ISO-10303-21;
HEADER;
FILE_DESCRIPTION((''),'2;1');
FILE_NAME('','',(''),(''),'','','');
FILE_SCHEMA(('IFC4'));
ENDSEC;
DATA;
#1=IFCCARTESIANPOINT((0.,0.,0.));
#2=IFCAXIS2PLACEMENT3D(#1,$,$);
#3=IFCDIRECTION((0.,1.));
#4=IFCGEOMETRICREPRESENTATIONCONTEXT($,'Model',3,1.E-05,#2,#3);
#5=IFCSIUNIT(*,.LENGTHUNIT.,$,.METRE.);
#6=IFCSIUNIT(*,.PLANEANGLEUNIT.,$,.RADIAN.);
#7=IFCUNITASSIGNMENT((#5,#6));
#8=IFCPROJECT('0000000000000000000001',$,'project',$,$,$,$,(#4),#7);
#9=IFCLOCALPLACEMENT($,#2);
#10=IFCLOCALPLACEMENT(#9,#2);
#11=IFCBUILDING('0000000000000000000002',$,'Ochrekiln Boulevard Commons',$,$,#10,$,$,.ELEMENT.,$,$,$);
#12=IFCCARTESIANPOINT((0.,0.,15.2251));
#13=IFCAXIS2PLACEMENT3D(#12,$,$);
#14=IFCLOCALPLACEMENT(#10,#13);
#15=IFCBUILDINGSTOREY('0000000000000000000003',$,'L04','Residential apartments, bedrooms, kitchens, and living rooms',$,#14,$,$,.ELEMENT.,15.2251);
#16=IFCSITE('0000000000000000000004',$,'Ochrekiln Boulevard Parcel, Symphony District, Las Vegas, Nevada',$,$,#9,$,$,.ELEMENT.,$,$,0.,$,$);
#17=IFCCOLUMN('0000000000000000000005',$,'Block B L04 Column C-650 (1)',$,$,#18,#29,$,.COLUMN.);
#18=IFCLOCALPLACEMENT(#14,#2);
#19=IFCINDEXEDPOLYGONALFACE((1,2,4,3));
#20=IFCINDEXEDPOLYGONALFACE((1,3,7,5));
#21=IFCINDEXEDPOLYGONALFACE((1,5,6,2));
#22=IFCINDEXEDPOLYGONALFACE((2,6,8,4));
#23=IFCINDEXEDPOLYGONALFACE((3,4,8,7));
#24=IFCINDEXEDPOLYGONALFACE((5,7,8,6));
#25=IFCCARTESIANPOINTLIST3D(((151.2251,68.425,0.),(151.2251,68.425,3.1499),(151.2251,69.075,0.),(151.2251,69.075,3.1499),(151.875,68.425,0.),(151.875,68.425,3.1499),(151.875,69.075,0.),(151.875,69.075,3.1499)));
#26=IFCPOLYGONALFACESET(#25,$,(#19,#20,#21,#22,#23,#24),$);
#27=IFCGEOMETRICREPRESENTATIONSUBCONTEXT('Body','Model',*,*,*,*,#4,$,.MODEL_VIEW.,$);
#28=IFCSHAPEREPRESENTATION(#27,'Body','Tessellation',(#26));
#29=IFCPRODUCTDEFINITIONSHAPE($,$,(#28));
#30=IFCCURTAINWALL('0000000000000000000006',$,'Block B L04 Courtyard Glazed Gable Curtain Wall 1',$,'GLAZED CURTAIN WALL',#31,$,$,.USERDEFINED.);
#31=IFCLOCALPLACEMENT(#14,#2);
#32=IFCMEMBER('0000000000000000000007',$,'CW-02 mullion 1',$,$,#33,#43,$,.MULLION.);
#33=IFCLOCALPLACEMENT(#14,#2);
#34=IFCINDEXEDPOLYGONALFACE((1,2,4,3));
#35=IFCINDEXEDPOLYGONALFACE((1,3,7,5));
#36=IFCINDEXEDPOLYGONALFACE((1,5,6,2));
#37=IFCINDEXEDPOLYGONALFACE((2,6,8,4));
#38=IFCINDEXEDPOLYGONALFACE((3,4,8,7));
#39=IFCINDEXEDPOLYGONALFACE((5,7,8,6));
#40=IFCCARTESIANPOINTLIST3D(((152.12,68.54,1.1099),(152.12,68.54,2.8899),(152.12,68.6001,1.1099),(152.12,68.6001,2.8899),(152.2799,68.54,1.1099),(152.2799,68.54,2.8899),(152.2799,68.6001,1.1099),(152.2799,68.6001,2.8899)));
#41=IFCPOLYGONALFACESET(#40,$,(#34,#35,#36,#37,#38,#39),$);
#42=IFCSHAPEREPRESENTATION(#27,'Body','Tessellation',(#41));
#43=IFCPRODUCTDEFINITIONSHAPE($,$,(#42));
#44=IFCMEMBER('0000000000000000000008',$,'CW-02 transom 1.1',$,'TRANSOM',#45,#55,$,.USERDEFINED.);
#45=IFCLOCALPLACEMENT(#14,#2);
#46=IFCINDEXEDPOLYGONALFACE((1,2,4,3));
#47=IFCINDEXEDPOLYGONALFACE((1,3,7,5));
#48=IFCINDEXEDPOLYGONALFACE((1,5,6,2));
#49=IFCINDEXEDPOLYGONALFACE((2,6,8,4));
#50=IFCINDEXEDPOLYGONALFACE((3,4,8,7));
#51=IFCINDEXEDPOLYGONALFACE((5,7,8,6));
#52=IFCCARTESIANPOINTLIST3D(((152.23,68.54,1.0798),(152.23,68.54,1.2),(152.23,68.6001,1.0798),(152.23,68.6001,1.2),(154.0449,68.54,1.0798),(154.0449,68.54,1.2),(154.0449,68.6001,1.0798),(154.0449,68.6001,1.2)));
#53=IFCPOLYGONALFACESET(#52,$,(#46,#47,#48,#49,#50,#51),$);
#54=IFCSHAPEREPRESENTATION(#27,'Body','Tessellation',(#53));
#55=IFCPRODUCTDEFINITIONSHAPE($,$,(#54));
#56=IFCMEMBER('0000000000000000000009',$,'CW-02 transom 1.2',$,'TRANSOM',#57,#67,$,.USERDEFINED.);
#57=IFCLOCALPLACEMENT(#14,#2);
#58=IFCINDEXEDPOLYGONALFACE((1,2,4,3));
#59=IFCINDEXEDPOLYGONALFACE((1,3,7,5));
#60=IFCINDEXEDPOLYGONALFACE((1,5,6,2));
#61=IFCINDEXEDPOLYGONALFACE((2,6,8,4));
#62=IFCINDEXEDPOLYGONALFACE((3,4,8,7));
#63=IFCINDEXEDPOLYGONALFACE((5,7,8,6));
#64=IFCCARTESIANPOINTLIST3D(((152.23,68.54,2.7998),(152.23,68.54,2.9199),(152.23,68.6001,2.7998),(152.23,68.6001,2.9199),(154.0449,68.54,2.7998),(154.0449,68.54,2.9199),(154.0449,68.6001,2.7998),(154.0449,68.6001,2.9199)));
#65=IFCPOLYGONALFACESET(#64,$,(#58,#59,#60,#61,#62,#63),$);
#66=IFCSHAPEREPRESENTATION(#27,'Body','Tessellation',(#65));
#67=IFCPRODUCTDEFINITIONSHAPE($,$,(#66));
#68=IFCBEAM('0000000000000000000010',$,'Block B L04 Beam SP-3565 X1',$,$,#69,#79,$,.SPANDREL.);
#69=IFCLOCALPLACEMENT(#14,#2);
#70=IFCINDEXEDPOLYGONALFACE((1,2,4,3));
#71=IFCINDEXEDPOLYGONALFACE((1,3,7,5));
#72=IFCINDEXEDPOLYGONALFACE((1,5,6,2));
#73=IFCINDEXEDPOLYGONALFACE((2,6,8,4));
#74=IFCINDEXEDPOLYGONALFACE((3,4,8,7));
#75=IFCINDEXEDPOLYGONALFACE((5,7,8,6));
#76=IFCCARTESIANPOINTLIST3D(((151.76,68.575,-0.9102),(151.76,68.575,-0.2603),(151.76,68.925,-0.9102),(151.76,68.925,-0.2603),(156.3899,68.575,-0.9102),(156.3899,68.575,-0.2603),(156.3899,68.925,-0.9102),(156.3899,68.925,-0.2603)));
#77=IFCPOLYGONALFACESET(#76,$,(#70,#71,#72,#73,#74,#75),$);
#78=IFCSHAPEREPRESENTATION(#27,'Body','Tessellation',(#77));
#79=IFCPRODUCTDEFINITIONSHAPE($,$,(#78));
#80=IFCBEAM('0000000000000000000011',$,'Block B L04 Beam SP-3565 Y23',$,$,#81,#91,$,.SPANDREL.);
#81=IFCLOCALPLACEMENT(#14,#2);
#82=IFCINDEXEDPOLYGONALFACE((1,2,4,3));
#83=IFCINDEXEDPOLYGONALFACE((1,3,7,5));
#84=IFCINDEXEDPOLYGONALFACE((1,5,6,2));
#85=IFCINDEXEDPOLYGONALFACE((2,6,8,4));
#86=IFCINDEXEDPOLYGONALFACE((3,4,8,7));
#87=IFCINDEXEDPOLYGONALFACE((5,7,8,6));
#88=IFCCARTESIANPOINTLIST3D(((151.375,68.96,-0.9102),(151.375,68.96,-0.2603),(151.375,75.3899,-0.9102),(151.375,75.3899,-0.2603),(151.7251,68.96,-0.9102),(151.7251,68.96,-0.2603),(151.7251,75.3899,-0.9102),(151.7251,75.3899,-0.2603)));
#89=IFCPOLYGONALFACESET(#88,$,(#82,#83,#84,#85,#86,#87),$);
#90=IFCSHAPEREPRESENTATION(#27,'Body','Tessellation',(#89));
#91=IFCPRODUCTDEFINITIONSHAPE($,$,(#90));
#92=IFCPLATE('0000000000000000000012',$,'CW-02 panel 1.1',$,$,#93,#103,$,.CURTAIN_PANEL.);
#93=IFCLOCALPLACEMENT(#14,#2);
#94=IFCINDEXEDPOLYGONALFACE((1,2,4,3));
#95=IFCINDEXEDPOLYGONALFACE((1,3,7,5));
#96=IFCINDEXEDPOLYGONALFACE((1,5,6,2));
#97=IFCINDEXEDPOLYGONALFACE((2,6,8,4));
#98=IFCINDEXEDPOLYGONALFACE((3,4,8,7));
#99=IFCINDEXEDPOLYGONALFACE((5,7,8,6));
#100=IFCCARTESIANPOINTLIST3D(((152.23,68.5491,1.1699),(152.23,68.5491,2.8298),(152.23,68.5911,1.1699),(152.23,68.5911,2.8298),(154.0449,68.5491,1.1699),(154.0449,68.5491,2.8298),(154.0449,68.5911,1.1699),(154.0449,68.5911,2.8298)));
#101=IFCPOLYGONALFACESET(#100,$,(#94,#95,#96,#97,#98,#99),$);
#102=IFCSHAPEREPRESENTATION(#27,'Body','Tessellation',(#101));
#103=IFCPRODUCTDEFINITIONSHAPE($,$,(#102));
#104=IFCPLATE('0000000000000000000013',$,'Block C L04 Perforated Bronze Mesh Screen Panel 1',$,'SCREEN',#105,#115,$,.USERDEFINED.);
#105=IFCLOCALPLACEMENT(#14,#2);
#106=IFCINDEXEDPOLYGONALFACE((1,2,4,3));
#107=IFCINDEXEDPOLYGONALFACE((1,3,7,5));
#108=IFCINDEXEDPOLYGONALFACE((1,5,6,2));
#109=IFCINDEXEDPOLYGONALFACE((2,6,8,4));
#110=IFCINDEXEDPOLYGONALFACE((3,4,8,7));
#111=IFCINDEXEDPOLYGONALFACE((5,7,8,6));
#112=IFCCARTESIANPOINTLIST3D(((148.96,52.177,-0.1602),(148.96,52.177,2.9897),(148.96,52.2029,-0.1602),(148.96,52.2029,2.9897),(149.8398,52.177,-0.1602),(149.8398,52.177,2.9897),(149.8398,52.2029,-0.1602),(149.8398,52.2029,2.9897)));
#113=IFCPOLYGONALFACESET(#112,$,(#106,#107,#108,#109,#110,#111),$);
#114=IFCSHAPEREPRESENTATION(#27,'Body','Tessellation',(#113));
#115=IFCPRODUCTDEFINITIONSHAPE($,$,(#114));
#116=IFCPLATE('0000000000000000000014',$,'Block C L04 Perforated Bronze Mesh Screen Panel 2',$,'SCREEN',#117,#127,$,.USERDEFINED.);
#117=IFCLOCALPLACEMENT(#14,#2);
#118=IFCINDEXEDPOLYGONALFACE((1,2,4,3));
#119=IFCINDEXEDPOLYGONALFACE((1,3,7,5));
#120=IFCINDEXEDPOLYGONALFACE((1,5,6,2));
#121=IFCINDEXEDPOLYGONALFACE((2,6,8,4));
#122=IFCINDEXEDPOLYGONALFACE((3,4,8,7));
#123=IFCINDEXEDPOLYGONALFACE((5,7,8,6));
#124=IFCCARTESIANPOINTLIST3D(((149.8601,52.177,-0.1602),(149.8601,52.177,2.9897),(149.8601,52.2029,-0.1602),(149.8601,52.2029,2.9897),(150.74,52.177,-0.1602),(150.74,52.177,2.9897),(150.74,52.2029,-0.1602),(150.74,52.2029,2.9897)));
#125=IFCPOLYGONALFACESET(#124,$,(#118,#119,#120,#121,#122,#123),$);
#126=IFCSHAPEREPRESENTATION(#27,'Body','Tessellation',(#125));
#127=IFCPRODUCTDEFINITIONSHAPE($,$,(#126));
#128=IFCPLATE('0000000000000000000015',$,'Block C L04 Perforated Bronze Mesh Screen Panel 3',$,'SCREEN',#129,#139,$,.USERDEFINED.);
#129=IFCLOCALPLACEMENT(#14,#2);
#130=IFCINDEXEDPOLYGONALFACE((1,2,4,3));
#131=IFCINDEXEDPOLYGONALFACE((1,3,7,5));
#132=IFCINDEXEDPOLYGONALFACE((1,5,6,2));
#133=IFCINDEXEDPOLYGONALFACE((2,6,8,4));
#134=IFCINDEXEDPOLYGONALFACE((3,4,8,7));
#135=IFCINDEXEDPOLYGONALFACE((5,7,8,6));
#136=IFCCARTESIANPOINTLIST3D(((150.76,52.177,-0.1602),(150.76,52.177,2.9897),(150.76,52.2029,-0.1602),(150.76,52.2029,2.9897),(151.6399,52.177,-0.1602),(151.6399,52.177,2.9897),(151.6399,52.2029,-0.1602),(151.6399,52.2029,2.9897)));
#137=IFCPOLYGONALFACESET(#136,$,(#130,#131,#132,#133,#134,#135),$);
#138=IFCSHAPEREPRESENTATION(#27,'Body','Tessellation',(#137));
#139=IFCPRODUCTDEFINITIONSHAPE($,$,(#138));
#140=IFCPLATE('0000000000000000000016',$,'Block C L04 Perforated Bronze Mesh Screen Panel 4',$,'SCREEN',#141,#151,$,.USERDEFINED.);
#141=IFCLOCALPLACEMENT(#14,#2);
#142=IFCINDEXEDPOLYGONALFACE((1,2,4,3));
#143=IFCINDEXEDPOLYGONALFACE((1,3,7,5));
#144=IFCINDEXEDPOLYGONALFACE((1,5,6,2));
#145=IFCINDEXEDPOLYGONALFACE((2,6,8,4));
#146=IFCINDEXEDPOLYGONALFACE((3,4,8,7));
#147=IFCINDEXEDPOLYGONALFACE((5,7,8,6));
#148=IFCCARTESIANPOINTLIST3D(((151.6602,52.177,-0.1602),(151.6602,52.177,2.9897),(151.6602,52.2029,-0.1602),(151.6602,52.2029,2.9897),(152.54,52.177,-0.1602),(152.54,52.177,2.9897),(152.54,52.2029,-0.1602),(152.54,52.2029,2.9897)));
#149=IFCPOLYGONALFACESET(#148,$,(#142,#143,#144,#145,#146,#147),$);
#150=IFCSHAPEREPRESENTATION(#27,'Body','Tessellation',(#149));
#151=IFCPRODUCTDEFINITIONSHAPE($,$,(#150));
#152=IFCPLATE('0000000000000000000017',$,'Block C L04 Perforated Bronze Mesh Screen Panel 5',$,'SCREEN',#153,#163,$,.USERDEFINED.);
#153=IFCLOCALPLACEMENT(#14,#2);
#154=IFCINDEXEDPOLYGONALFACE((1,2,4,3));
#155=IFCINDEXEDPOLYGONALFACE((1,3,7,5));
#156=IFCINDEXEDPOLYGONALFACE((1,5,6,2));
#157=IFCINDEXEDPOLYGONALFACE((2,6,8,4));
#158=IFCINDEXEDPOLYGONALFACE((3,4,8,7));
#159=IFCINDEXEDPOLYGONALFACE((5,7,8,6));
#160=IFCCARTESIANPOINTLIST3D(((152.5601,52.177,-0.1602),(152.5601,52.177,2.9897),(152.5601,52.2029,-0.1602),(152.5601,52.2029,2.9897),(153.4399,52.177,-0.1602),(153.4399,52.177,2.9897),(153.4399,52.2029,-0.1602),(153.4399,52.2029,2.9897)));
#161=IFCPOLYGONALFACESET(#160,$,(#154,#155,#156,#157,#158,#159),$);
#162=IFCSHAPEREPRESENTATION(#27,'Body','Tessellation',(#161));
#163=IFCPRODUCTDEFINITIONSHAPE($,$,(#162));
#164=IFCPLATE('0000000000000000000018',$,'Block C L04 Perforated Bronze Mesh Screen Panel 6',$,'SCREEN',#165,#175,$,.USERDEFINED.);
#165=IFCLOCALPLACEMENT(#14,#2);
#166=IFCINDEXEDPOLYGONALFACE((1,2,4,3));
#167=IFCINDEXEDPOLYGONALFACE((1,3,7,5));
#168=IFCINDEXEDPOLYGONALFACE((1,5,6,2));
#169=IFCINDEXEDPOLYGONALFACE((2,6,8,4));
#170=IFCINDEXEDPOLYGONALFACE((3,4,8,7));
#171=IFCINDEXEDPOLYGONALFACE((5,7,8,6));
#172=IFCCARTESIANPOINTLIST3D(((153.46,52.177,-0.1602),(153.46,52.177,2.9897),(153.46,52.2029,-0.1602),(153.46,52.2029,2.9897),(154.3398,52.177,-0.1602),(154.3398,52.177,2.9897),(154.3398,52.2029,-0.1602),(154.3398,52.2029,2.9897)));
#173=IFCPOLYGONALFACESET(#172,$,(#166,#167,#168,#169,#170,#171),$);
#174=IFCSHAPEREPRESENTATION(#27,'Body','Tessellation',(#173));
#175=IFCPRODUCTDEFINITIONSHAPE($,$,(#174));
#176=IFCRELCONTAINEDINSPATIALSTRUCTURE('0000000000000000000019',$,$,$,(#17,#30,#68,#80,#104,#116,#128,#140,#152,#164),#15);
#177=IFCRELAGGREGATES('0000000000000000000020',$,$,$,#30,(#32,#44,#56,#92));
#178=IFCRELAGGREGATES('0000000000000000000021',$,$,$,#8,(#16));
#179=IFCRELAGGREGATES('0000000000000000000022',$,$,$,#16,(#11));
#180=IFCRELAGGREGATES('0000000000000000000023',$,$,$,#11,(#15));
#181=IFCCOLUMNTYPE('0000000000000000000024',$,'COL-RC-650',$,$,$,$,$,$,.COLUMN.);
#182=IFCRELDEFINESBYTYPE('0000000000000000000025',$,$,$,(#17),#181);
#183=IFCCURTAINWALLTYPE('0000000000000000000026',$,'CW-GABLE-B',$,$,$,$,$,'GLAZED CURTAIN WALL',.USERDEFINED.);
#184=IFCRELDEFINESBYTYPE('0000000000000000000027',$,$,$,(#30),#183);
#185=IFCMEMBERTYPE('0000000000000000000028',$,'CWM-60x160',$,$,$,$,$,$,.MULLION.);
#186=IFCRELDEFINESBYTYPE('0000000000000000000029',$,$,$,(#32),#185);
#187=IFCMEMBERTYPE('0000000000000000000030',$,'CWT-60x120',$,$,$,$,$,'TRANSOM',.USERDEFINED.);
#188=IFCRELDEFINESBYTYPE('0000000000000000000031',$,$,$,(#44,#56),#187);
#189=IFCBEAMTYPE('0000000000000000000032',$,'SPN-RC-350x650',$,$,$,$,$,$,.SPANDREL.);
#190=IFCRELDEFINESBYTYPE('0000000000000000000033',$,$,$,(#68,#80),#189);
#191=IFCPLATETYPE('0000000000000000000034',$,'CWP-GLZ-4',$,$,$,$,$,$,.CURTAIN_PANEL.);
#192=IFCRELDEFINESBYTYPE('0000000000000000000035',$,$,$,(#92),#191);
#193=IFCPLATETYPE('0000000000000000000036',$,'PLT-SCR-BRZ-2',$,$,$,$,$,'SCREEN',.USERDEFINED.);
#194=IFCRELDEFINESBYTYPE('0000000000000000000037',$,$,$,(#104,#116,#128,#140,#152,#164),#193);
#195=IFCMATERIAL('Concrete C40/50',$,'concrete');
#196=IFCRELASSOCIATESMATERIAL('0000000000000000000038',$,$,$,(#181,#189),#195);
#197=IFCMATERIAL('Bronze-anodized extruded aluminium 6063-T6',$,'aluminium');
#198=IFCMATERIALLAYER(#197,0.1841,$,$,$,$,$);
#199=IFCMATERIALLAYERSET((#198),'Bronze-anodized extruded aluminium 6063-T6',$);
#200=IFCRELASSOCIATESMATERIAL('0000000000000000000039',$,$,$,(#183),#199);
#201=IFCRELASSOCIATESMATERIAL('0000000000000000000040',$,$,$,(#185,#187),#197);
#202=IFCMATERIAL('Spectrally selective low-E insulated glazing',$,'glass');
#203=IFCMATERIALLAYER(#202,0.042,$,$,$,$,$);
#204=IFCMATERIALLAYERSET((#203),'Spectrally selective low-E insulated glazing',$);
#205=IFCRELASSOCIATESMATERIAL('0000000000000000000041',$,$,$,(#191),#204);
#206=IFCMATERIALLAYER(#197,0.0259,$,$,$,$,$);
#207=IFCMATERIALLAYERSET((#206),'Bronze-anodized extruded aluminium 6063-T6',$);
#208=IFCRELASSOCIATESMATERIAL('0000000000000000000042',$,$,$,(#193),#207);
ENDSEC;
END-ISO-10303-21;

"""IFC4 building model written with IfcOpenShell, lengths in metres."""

from ifc_helpers import new_model, si_unit, direction, frame, origin, origin_2d, place, context, subcontext, project, spatial, rectangle, extrude, material, layer, layer_set, material_profile, profile_set, type_object, element, aggregate, save


model = new_model("IFC4")

# Units and contexts
model_context = context("Model", 3, precision=1e-05, world=origin(), true_north=direction((0.0, 1.0)))
body_context = subcontext(model_context, "Body", "Model", "MODEL_VIEW")
ifc_project = project(units=[si_unit("LENGTHUNIT", "METRE"), si_unit("PLANEANGLEUNIT", "RADIAN")], contexts=[model_context])

# Site, building, storey
site_placement = place(None, origin())
site = spatial("IfcSite", under=ifc_project, at=site_placement, Name="Ochrekiln Boulevard Parcel, Symphony District, Las Vegas, Nevada", CompositionType="ELEMENT", RefElevation=0.0)
building_placement = place(site_placement, origin())
building = spatial("IfcBuilding", under=site, at=building_placement, Name="Ochrekiln Boulevard Commons", CompositionType="ELEMENT")
storey_placement = place(building_placement, frame((0.0, 0.0, 15.2251)))
storey = spatial("IfcBuildingStorey", under=building, at=storey_placement, Name="L04", Description="Residential apartments, bedrooms, kitchens, and living rooms", CompositionType="ELEMENT", Elevation=15.2251)

# Column
ifc_material_1 = material(Name="Concrete C40/50", Category="concrete")
ifc_material_profile_1 = material_profile(ifc_material_1, rectangle(XDim=0.6499, YDim=0.6499, at=origin_2d()), Name="RC-COL-650x650")
ifc_profile_set_1 = profile_set([ifc_material_profile_1], Name="Concrete C40/50")
column_type = type_object("IfcColumnType", Name="COL-RC-650", PredefinedType="COLUMN", material=ifc_profile_set_1)
column_placement = place(storey_placement, frame((151.55, 68.75, 0.0), z_axis=(0.0, 0.0, 1.0), x_axis=(1.0, 0.0, 0.0)))
element("IfcColumn", 1, at=column_placement, inside=storey, type_object=column_type, Name="Block B L04 Column C-650 (1)", PredefinedType="COLUMN", context=body_context, shape_type="SweptSolid", body=[
    extrude(rectangle(XDim=0.6499, YDim=0.6499, at=origin_2d()), origin(), (0.0, 0.0, 1.0), 3.1499),
])

# Curtain wall, members
ifc_material_2 = material(Name="Bronze-anodized extruded aluminium 6063-T6", Category="aluminium")
ifc_layer_1 = layer(ifc_material_2, 0.1841)
ifc_layer_set_1 = layer_set([ifc_layer_1], Name="Bronze-anodized extruded aluminium 6063-T6")
curtain_wall_type = type_object("IfcCurtainWallType", Name="CW-GABLE-B", ElementType="GLAZED CURTAIN WALL", PredefinedType="USERDEFINED", material=ifc_layer_set_1)
curtain_wall_placement = place(storey_placement, origin())
curtain_wall = element("IfcCurtainWall", 2, at=curtain_wall_placement, inside=storey, type_object=curtain_wall_type, Name="Block B L04 Courtyard Glazed Gable Curtain Wall 1", ObjectType="GLAZED CURTAIN WALL", PredefinedType="USERDEFINED")
ifc_material_profile_2 = material_profile(ifc_material_2, rectangle(XDim=0.0601, YDim=0.1599, at=origin_2d()), Name="ALU-MUL-60x160")
ifc_profile_set_2 = profile_set([ifc_material_profile_2], Name="Bronze-anodized extruded aluminium 6063-T6")
member_type_1 = type_object("IfcMemberType", Name="CWM-60x160", PredefinedType="MULLION", material=ifc_profile_set_2)
member_1_placement = place(storey_placement, frame((152.2, 68.5701, 1.1099), z_axis=(0.0, 0.0, 1.0), x_axis=(0.0, 1.0, 0.0)))
member_1 = element("IfcMember", 3, at=member_1_placement, type_object=member_type_1, Name="CW-02 mullion 1", PredefinedType="MULLION", context=body_context, shape_type="SweptSolid", body=[
    extrude(rectangle(XDim=0.0601, YDim=0.1599, at=origin_2d()), origin(), (0.0, 0.0, 1.0), 1.78),
])
ifc_material_profile_3 = material_profile(ifc_material_2, rectangle(XDim=0.0601, YDim=0.1201, at=origin_2d()), Name="ALU-TRN-60x120")
ifc_profile_set_3 = profile_set([ifc_material_profile_3], Name="Bronze-anodized extruded aluminium 6063-T6")
member_type_2 = type_object("IfcMemberType", Name="CWT-60x120", ElementType="TRANSOM", PredefinedType="USERDEFINED", material=ifc_profile_set_3)
member_2_placement = place(storey_placement, frame((152.23, 68.5701, 1.1399), z_axis=(1.0, 0.0, 0.0), x_axis=(0.0, 1.0, 0.0)))
member_2 = element("IfcMember", 4, at=member_2_placement, type_object=member_type_2, Name="CW-02 transom 1.1", ObjectType="TRANSOM", PredefinedType="USERDEFINED", context=body_context, shape_type="SweptSolid", body=[
    extrude(rectangle(XDim=0.0601, YDim=0.1201, at=origin_2d()), origin(), (0.0, 0.0, 1.0), 1.8149),
])
member_3_placement = place(storey_placement, frame((152.23, 68.5701, 2.8599), z_axis=(1.0, 0.0, 0.0), x_axis=(0.0, 1.0, 0.0)))
member_3 = element("IfcMember", 5, at=member_3_placement, type_object=member_type_2, Name="CW-02 transom 1.2", ObjectType="TRANSOM", PredefinedType="USERDEFINED", context=body_context, shape_type="SweptSolid", body=[
    extrude(rectangle(XDim=0.0601, YDim=0.1201, at=origin_2d()), origin(), (0.0, 0.0, 1.0), 1.8149),
])

# Beams
ifc_material_profile_4 = material_profile(ifc_material_1, rectangle(XDim=0.3501, YDim=0.6499, at=origin_2d()), Name="RC-SPN-350x650")
ifc_profile_set_4 = profile_set([ifc_material_profile_4], Name="Concrete C40/50")
beam_type = type_object("IfcBeamType", Name="SPN-RC-350x650", PredefinedType="SPANDREL", material=ifc_profile_set_4)
beam_1_placement = place(storey_placement, frame((151.76, 68.75, -0.5852), z_axis=(1.0, 0.0, 0.0), x_axis=(0.0, 1.0, 0.0)))
element("IfcBeam", 6, at=beam_1_placement, inside=storey, type_object=beam_type, Name="Block B L04 Beam SP-3565 X1", PredefinedType="SPANDREL", context=body_context, shape_type="SweptSolid", body=[
    extrude(rectangle(XDim=0.3501, YDim=0.6499, at=origin_2d()), origin(), (0.0, 0.0, 1.0), 4.6299),
])
beam_2_placement = place(storey_placement, frame((151.55, 68.96, -0.5852), z_axis=(0.0, 1.0, 0.0), x_axis=(-1.0, 0.0, 0.0)))
element("IfcBeam", 7, at=beam_2_placement, inside=storey, type_object=beam_type, Name="Block B L04 Beam SP-3565 Y23", PredefinedType="SPANDREL", context=body_context, shape_type="SweptSolid", body=[
    extrude(rectangle(XDim=0.3501, YDim=0.6499, at=origin_2d()), origin(), (0.0, 0.0, 1.0), 6.4299),
])

# Plate
ifc_material_3 = material(Name="Spectrally selective low-E insulated glazing", Category="glass")
ifc_layer_2 = layer(ifc_material_3, 0.042)
ifc_layer_set_2 = layer_set([ifc_layer_2], Name="Spectrally selective low-E insulated glazing")
plate_type_1 = type_object("IfcPlateType", Name="CWP-GLZ-4", PredefinedType="CURTAIN_PANEL", material=ifc_layer_set_2)
plate_placement = place(storey_placement, frame((153.1375, 68.5701, 1.1699), z_axis=(0.0, 0.0, 1.0), x_axis=(1.0, 0.0, 0.0)))
plate = element("IfcPlate", 8, at=plate_placement, type_object=plate_type_1, Name="CW-02 panel 1.1", PredefinedType="CURTAIN_PANEL", context=body_context, shape_type="SweptSolid", body=[
    extrude(rectangle(XDim=1.8149, YDim=0.042, at=origin_2d()), origin(), (0.0, 0.0, 1.0), 1.6599),
])
aggregate(curtain_wall, [member_1, member_2, member_3, plate])

# Plates
ifc_layer_3 = layer(ifc_material_2, 0.0259)
ifc_layer_set_3 = layer_set([ifc_layer_3], Name="Bronze-anodized extruded aluminium 6063-T6")
plate_type_2 = type_object("IfcPlateType", Name="PLT-SCR-BRZ-2", ElementType="SCREEN", PredefinedType="USERDEFINED", material=ifc_layer_set_3)
for number, where, z_axis, x_axis, name in (
    (9, (149.3999, 52.1899, -0.1602), (0.0, 0.0, 1.0), (1.0, 0.0, 0.0), "Block C L04 Perforated Bronze Mesh Screen Panel 1"),
    (10, (150.3, 52.1899, -0.1602), (0.0, 0.0, 1.0), (1.0, 0.0, 0.0), "Block C L04 Perforated Bronze Mesh Screen Panel 2"),
    (11, (151.2, 52.1899, -0.1602), (0.0, 0.0, 1.0), (1.0, 0.0, 0.0), "Block C L04 Perforated Bronze Mesh Screen Panel 3"),
    (12, (152.1001, 52.1899, -0.1602), (0.0, 0.0, 1.0), (1.0, 0.0, 0.0), "Block C L04 Perforated Bronze Mesh Screen Panel 4"),
    (13, (153.0, 52.1899, -0.1602), (0.0, 0.0, 1.0), (1.0, 0.0, 0.0), "Block C L04 Perforated Bronze Mesh Screen Panel 5"),
    (14, (153.8999, 52.1899, -0.1602), (0.0, 0.0, 1.0), (1.0, 0.0, 0.0), "Block C L04 Perforated Bronze Mesh Screen Panel 6"),
):
    element("IfcPlate", number, at=place(storey_placement, frame(where, z_axis=z_axis, x_axis=x_axis)), inside=storey, type_object=plate_type_2, Name=name, ObjectType="SCREEN", PredefinedType="USERDEFINED", context=body_context, shape_type="SweptSolid", body=[
        extrude(rectangle(XDim=0.8799, YDim=0.0259, at=origin_2d()), origin(), (0.0, 0.0, 1.0), 3.1499),
    ])

save(model, "model.ifc")
